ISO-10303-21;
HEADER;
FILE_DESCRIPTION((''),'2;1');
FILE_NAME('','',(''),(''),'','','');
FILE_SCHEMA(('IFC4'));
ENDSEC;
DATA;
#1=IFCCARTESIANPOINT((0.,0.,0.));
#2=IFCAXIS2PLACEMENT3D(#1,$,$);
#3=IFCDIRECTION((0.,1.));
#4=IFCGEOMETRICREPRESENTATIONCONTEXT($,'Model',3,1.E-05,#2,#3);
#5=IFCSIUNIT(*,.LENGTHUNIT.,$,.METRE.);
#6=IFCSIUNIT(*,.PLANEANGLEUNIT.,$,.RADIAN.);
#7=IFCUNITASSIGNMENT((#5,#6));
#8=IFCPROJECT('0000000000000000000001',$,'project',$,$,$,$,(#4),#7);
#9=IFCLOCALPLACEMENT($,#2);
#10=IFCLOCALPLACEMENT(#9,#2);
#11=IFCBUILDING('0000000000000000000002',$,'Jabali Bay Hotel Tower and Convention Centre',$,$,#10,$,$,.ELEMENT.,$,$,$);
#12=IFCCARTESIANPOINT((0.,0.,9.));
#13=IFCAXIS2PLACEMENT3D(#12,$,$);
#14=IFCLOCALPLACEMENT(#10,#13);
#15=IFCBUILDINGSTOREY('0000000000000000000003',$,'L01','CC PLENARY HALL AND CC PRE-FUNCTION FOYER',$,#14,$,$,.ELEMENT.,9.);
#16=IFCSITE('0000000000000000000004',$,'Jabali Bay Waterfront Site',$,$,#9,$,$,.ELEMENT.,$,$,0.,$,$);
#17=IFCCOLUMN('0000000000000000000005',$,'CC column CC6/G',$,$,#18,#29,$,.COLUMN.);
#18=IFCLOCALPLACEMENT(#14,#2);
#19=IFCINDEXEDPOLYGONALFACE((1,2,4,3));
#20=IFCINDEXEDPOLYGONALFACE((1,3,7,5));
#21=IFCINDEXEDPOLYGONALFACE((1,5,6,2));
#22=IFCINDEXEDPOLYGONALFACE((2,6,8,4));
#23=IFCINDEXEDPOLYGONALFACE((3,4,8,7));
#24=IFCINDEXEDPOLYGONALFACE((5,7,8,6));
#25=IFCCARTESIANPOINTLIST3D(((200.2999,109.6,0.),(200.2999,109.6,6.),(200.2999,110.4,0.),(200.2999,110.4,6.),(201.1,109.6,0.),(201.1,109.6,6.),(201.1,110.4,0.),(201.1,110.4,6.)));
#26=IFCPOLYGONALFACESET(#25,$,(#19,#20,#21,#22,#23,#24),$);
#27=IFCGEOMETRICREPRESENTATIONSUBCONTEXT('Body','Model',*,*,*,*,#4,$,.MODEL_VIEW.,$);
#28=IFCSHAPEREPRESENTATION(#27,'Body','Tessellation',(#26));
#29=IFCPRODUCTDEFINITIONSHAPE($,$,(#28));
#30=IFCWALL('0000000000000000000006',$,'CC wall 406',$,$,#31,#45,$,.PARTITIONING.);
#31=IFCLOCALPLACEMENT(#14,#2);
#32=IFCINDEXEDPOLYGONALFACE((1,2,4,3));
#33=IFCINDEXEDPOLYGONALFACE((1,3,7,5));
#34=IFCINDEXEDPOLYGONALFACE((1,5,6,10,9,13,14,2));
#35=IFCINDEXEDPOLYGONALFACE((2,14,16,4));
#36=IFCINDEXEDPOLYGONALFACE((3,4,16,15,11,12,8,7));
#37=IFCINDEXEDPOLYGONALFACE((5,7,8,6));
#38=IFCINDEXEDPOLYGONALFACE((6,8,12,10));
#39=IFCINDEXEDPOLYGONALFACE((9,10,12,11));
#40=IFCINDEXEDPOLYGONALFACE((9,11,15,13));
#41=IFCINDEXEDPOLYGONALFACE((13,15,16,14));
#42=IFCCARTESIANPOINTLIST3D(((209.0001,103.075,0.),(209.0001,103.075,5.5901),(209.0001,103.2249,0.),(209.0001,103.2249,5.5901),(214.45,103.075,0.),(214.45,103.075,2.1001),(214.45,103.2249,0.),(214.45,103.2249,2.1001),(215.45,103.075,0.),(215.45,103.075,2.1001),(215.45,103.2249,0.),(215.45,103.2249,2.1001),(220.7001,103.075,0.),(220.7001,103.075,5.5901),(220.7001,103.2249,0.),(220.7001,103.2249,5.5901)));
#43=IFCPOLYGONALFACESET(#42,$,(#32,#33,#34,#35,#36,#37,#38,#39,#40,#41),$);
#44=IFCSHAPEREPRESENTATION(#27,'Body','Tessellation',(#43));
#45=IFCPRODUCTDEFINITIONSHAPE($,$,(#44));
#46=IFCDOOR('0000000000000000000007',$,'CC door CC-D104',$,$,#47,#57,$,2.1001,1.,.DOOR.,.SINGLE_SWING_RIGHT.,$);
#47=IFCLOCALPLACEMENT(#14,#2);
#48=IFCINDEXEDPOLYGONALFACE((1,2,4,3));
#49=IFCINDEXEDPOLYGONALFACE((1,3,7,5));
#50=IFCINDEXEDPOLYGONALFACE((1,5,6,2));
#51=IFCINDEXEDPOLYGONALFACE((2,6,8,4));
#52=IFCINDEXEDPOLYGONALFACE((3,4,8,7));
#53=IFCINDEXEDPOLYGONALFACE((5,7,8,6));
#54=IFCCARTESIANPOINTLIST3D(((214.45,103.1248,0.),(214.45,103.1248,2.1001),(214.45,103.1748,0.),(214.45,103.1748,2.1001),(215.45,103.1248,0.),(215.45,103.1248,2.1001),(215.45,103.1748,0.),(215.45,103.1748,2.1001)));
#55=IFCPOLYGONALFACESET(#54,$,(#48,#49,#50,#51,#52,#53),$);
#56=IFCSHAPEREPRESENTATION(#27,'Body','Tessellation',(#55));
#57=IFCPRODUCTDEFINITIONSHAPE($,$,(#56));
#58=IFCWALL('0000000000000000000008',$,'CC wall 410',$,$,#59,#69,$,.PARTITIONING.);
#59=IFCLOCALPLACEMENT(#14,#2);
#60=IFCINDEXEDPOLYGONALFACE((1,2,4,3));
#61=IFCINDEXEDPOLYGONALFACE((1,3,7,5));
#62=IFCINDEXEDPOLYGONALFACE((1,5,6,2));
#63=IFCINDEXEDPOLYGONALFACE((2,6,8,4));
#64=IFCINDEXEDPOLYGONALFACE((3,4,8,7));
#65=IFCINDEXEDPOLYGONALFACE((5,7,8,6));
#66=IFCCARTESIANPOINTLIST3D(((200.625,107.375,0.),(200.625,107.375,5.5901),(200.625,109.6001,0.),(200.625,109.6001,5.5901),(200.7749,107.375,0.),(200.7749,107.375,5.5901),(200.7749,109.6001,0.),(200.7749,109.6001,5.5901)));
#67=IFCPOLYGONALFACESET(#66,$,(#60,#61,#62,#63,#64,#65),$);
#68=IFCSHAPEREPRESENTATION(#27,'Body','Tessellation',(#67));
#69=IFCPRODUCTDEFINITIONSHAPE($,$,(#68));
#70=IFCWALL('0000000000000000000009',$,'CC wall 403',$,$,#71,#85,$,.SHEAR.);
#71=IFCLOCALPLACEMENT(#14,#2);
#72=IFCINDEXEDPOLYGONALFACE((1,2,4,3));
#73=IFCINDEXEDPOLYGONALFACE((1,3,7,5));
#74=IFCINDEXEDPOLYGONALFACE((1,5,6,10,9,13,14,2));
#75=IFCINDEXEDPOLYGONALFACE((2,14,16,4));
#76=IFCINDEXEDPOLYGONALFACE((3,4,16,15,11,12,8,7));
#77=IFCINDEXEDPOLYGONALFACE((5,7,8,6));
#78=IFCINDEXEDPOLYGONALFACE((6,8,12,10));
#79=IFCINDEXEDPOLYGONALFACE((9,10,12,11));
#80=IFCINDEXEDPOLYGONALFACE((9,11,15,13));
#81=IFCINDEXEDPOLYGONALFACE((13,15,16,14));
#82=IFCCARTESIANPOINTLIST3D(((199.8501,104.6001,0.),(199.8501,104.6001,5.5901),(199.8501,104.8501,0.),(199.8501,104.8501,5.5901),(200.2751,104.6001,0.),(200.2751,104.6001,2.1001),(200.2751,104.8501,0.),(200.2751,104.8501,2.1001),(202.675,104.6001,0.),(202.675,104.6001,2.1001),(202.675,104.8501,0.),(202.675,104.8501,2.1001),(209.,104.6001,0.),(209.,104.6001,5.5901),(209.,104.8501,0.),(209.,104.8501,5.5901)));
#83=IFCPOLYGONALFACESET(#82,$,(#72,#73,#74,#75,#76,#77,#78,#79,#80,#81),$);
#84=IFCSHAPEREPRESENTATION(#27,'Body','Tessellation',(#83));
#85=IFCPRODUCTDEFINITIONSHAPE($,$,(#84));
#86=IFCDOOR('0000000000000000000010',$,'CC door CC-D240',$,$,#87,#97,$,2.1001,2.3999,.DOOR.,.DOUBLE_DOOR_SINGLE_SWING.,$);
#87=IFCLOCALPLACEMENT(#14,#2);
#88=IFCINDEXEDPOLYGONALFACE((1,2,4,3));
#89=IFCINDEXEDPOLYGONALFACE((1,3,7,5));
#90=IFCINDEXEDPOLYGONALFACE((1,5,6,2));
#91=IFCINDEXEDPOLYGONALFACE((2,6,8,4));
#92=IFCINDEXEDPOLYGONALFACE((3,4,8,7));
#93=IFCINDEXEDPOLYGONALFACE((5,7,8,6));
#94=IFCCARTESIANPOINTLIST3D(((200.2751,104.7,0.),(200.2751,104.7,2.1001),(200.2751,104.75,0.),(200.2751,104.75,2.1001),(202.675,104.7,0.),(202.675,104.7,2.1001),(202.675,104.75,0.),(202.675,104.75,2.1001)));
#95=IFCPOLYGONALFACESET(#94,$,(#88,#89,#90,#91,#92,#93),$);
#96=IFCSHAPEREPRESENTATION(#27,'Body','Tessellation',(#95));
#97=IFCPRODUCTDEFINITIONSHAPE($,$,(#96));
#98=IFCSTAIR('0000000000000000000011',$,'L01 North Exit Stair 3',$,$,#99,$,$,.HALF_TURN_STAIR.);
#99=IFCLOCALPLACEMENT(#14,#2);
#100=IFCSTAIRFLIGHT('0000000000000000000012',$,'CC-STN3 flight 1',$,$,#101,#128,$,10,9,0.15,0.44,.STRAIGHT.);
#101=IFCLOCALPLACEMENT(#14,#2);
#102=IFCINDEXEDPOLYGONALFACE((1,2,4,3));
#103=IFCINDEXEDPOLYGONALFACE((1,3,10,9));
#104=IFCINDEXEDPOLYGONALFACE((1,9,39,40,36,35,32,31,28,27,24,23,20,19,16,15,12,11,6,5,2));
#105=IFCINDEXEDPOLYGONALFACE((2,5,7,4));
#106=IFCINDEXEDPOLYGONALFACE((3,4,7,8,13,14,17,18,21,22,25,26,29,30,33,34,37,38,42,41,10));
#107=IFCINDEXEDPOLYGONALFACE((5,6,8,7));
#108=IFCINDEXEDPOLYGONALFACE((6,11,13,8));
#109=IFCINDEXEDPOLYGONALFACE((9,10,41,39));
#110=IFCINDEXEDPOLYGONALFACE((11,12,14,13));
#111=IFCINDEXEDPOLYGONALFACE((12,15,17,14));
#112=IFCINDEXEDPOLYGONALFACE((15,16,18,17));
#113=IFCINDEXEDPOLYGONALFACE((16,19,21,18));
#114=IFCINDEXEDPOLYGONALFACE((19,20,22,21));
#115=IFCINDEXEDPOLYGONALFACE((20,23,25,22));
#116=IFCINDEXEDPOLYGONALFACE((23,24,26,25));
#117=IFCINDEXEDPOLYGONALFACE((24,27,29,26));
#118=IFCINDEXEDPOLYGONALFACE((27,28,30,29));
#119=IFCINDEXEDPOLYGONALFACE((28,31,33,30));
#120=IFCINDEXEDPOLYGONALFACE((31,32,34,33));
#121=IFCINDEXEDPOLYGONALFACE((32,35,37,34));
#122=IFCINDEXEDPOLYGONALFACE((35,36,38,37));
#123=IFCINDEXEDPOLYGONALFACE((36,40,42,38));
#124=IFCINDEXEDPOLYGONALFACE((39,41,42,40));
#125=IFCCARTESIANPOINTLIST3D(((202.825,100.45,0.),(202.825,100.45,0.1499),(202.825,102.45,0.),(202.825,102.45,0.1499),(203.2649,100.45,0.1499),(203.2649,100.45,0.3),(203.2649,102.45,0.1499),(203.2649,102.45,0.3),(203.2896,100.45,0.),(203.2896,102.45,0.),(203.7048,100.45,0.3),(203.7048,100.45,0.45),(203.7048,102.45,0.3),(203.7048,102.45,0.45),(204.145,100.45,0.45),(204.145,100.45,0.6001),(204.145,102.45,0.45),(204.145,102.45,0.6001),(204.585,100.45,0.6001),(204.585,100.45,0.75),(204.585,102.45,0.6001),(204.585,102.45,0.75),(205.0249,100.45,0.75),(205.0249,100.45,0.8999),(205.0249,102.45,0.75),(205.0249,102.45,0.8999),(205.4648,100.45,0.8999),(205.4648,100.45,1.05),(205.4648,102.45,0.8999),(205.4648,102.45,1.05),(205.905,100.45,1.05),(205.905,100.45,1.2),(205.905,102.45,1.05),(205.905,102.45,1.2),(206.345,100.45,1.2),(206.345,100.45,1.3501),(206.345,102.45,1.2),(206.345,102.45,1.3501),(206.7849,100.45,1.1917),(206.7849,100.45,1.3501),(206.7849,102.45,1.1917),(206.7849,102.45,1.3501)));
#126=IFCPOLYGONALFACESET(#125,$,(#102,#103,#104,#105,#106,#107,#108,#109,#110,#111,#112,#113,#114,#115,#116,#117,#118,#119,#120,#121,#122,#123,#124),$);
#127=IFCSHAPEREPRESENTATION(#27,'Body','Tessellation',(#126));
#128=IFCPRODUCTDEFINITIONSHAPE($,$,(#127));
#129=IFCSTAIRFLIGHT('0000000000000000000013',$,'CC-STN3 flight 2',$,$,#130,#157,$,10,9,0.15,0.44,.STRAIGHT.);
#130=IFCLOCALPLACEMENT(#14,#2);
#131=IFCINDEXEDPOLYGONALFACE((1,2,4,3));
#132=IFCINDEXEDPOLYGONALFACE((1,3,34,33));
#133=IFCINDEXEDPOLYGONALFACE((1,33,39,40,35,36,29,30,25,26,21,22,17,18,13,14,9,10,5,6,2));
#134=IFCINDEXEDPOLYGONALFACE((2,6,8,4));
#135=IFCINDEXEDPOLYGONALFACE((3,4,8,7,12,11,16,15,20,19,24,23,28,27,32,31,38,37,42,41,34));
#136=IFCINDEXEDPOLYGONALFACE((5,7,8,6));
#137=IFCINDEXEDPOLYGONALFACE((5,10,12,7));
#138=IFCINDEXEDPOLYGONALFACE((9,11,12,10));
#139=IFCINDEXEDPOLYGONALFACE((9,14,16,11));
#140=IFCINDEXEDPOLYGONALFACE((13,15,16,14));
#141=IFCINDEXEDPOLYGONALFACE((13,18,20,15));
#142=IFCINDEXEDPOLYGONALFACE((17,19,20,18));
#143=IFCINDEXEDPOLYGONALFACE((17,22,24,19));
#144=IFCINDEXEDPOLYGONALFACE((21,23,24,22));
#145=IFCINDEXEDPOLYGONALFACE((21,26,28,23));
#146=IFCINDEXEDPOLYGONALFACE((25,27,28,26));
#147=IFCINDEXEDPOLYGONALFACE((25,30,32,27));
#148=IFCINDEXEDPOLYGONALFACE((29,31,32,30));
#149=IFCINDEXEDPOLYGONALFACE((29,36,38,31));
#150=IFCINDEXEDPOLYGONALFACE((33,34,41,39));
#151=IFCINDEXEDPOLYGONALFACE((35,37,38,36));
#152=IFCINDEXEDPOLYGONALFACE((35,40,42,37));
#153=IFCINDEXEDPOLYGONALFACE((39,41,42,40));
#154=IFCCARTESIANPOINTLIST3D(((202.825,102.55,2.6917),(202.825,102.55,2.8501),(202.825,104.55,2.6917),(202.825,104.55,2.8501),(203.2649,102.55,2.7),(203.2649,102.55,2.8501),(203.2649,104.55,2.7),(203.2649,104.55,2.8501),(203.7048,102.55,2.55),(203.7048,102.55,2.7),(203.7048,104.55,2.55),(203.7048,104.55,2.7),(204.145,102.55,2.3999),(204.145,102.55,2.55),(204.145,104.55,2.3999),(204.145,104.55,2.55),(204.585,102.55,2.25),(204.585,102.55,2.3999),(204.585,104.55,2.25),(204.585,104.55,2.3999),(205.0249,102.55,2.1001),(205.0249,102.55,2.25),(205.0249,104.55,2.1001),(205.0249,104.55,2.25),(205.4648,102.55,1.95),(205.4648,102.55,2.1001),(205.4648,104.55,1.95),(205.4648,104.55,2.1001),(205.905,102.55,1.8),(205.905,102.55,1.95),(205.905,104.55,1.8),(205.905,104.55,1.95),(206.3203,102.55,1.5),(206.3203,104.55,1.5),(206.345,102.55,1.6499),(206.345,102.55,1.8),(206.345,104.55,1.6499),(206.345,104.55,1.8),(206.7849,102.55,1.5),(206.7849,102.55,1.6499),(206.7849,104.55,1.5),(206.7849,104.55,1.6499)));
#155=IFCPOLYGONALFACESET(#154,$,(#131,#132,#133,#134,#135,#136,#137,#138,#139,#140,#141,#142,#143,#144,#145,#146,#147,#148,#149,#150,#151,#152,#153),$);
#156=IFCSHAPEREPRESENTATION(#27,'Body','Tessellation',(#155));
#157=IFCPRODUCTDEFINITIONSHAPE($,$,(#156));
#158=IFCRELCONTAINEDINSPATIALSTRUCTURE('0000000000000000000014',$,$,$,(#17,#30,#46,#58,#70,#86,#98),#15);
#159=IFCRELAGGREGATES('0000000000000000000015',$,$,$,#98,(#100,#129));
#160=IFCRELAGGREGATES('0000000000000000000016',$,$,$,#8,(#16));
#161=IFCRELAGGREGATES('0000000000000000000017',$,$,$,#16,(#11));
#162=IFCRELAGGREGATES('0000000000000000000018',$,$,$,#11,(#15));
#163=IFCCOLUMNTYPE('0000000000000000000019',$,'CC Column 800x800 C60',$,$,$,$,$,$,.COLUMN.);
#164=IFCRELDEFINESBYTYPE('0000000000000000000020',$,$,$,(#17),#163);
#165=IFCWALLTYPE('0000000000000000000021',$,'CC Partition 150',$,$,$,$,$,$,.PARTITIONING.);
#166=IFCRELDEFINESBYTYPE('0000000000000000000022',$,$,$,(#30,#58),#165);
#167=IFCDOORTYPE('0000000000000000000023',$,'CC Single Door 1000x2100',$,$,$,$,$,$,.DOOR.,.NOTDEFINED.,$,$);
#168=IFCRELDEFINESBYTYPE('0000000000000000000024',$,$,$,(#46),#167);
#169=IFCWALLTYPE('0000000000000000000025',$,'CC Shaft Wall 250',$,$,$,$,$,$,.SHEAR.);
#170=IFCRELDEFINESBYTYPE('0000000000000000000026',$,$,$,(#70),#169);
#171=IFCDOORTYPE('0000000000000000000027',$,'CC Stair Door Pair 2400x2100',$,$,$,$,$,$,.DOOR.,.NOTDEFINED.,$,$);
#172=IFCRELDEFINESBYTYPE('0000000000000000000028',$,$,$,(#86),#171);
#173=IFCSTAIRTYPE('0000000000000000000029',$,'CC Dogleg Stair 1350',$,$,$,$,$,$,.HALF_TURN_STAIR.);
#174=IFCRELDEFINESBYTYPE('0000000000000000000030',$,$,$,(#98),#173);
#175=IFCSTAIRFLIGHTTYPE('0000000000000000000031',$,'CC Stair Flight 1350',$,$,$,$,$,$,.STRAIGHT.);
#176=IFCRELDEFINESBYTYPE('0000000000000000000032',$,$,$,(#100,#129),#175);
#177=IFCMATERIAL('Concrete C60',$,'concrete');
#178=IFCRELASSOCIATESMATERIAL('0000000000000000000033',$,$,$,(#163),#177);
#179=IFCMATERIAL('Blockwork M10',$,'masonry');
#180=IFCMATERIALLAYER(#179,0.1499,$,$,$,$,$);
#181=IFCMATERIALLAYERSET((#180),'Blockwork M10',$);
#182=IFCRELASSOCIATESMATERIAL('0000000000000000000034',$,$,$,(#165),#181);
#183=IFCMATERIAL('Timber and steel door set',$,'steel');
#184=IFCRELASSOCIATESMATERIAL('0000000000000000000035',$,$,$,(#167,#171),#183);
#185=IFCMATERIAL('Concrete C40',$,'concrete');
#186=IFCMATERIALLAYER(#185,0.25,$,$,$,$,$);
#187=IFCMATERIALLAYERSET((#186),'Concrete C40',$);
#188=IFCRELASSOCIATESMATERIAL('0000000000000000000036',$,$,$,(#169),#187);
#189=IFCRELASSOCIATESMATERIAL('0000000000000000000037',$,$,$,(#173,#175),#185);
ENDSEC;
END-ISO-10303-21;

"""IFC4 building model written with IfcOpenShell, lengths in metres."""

from ifc_helpers import new_model, si_unit, direction, frame, frame_2d, origin, origin_2d, place, context, subcontext, project, spatial, polyline, rectangle, outline, extrude, material, layer, layer_set, material_profile, profile_set, type_object, element, fill, aggregate, save


model = new_model("IFC4")

# Units and contexts
model_context = context("Model", 3, precision=1e-05, world=origin(), true_north=direction((0.0, 1.0)))
body_context = subcontext(model_context, "Body", "Model", "MODEL_VIEW")
ifc_project = project(units=[si_unit("LENGTHUNIT", "METRE"), si_unit("PLANEANGLEUNIT", "RADIAN")], contexts=[model_context])

# Site, building, storey
site_placement = place(None, origin())
site = spatial("IfcSite", under=ifc_project, at=site_placement, Name="Jabali Bay Waterfront Site", CompositionType="ELEMENT", RefElevation=0.0)
building_placement = place(site_placement, origin())
building = spatial("IfcBuilding", under=site, at=building_placement, Name="Jabali Bay Hotel Tower and Convention Centre", CompositionType="ELEMENT")
storey_placement = place(building_placement, frame((0.0, 0.0, 9.0)))
storey = spatial("IfcBuildingStorey", under=building, at=storey_placement, Name="L01", Description="CC PLENARY HALL AND CC PRE-FUNCTION FOYER", CompositionType="ELEMENT", Elevation=9.0)

# Column
ifc_material_1 = material(Name="Concrete C60", Category="concrete")
ifc_material_profile = material_profile(ifc_material_1, rectangle(XDim=0.8, YDim=0.8, at=origin_2d()), Name="RC 800x800")
ifc_profile_set = profile_set([ifc_material_profile], Name="Concrete C60")
column_type = type_object("IfcColumnType", Name="CC Column 800x800 C60", PredefinedType="COLUMN", material=ifc_profile_set)
column_placement = place(storey_placement, frame((200.7, 110.0, 0.0), z_axis=(0.0, 0.0, 1.0), x_axis=(1.0, 0.0, 0.0)))
element("IfcColumn", 1, at=column_placement, inside=storey, type_object=column_type, Name="CC column CC6/G", PredefinedType="COLUMN", context=body_context, shape_type="SweptSolid", body=[
    extrude(rectangle(XDim=0.8, YDim=0.8, at=origin_2d()), origin(), (0.0, 0.0, 1.0), 6.0),
])

# Wall, opening, door
ifc_material_2 = material(Name="Blockwork M10", Category="masonry")
ifc_layer_1 = layer(ifc_material_2, 0.1499)
ifc_layer_set_1 = layer_set([ifc_layer_1], Name="Blockwork M10")
wall_type_1 = type_object("IfcWallType", Name="CC Partition 150", PredefinedType="PARTITIONING", material=ifc_layer_set_1)
wall_1_placement = place(storey_placement, frame((209.0, 103.1499, 0.0), z_axis=(0.0, 0.0, 1.0), x_axis=(1.0, 0.0, 0.0)))
wall_1 = element("IfcWall", 2, at=wall_1_placement, inside=storey, type_object=wall_type_1, Name="CC wall 406", PredefinedType="PARTITIONING", context=body_context, shape_type="SweptSolid", body=[
    extrude(rectangle(XDim=11.7, YDim=0.1499, at=frame_2d((5.8501, 0.0))), origin(), (0.0, 0.0, 1.0), 5.5901),
])
opening_1_placement = place(wall_1_placement, frame((5.45, 0.0, 0.0)))
opening_1 = element("IfcOpeningElement", 3, at=opening_1_placement, cuts=wall_1, PredefinedType="OPENING", context=body_context, shape_type="SweptSolid", body=[
    extrude(rectangle(XDim=1.0, YDim=2.1001, at=frame_2d((0.5, 1.05))), frame((0.0, 0.0854, 0.0), z_axis=(0.0, -1.0, 0.0), x_axis=(1.0, 0.0, 0.0)), (0.0, 0.0, 1.0), 0.1709),
])
ifc_material_3 = material(Name="Timber and steel door set", Category="steel")
door_type_1 = type_object("IfcDoorType", Name="CC Single Door 1000x2100", OperationType="NOTDEFINED", PredefinedType="DOOR", material=ifc_material_3)
door_1_placement = place(opening_1_placement, origin())
door_1 = element("IfcDoor", 4, at=door_1_placement, inside=storey, type_object=door_type_1, Name="CC door CC-D104", OperationType="SINGLE_SWING_RIGHT", OverallHeight=2.1001, OverallWidth=1.0, PredefinedType="DOOR", context=body_context, shape_type="SweptSolid", body=[
    extrude(rectangle(XDim=1.0, YDim=2.1001, at=frame_2d((0.5, 1.05))), frame((0.0, 0.0249, 0.0), z_axis=(0.0, -1.0, 0.0), x_axis=(1.0, 0.0, 0.0)), (0.0, 0.0, 1.0), 0.05),
])
fill(opening_1, door_1)

# Wall
wall_2_placement = place(storey_placement, frame((200.7, 107.375, 0.0), z_axis=(0.0, 0.0, 1.0), x_axis=(0.0, 1.0, 0.0)))
element("IfcWall", 5, at=wall_2_placement, inside=storey, type_object=wall_type_1, Name="CC wall 410", PredefinedType="PARTITIONING", context=body_context, shape_type="SweptSolid", body=[
    extrude(rectangle(XDim=2.2251, YDim=0.1499, at=frame_2d((1.1125, 0.0))), origin(), (0.0, 0.0, 1.0), 5.5901),
])

# Wall, opening, door
ifc_material_4 = material(Name="Concrete C40", Category="concrete")
ifc_layer_2 = layer(ifc_material_4, 0.25)
ifc_layer_set_2 = layer_set([ifc_layer_2], Name="Concrete C40")
wall_type_2 = type_object("IfcWallType", Name="CC Shaft Wall 250", PredefinedType="SHEAR", material=ifc_layer_set_2)
wall_3_placement = place(storey_placement, frame((199.8501, 104.7251, 0.0), z_axis=(0.0, 0.0, 1.0), x_axis=(1.0, 0.0, 0.0)))
wall_3 = element("IfcWall", 6, at=wall_3_placement, inside=storey, type_object=wall_type_2, Name="CC wall 403", PredefinedType="SHEAR", context=body_context, shape_type="SweptSolid", body=[
    extrude(rectangle(XDim=9.1499, YDim=0.25, at=frame_2d((4.575, 0.0))), origin(), (0.0, 0.0, 1.0), 5.5901),
])
opening_2_placement = place(wall_3_placement, frame((0.425, 0.0, 0.0)))
opening_2 = element("IfcOpeningElement", 7, at=opening_2_placement, cuts=wall_3, PredefinedType="OPENING", context=body_context, shape_type="SweptSolid", body=[
    extrude(rectangle(XDim=2.3999, YDim=2.1001, at=frame_2d((1.2, 1.05))), frame((0.0, 0.1355, 0.0), z_axis=(0.0, -1.0, 0.0), x_axis=(1.0, 0.0, 0.0)), (0.0, 0.0, 1.0), 0.271),
])
door_type_2 = type_object("IfcDoorType", Name="CC Stair Door Pair 2400x2100", OperationType="NOTDEFINED", PredefinedType="DOOR", material=ifc_material_3)
door_2_placement = place(opening_2_placement, origin())
door_2 = element("IfcDoor", 8, at=door_2_placement, inside=storey, type_object=door_type_2, Name="CC door CC-D240", OperationType="DOUBLE_DOOR_SINGLE_SWING", OverallHeight=2.1001, OverallWidth=2.3999, PredefinedType="DOOR", context=body_context, shape_type="SweptSolid", body=[
    extrude(rectangle(XDim=2.3999, YDim=2.1001, at=frame_2d((1.2, 1.05))), frame((0.0, 0.0249, 0.0), z_axis=(0.0, -1.0, 0.0), x_axis=(1.0, 0.0, 0.0)), (0.0, 0.0, 1.0), 0.05),
])
fill(opening_2, door_2)

# Stair, stair flights
stair_type = type_object("IfcStairType", Name="CC Dogleg Stair 1350", PredefinedType="HALF_TURN_STAIR", material=ifc_material_4)
stair_placement = place(storey_placement, origin())
stair = element("IfcStair", 9, at=stair_placement, inside=storey, type_object=stair_type, Name="L01 North Exit Stair 3", PredefinedType="HALF_TURN_STAIR")
stair_flight_type = type_object("IfcStairFlightType", Name="CC Stair Flight 1350", PredefinedType="STRAIGHT", material=ifc_material_4)
stair_flight_1_placement = place(storey_placement, frame((202.825, 101.45, 0.0), z_axis=(0.0, 0.0, 1.0), x_axis=(1.0, 0.0, 0.0)))
stair_flight_1 = element("IfcStairFlight", 10, at=stair_flight_1_placement, type_object=stair_flight_type, Name="CC-STN3 flight 1", NumberOfRisers=10, NumberOfTreads=9, PredefinedType="STRAIGHT", RiserHeight=0.15, TreadLength=0.44, context=body_context, shape_type="SweptSolid", body=[
    extrude(outline(polyline([(0.0, 0.0), (0.0, 0.1499), (0.4399, 0.1499), (0.4399, 0.3), (0.8799, 0.3), (0.8799, 0.45), (1.3201, 0.45), (1.3201, 0.6001), (1.76, 0.6001), (1.76, 0.75), (2.2, 0.75), (2.2, 0.8999), (2.6399, 0.8999), (2.6399, 1.05), (3.0801, 1.05), (3.0801, 1.2), (3.52, 1.2), (3.52, 1.3501), (3.96, 1.3501), (3.96, 1.5), (3.96, 1.1917), (0.4646, 0.0), (0.0, 0.0)])), frame((0.0, 1.0, 0.0), z_axis=(0.0, -1.0, 0.0), x_axis=(1.0, 0.0, 0.0)), (0.0, 0.0, 1.0), 2.0),
])
stair_flight_2_placement = place(storey_placement, frame((206.7849, 103.55, 1.5), z_axis=(0.0, 0.0, 1.0), x_axis=(-1.0, 0.0, 0.0)))
stair_flight_2 = element("IfcStairFlight", 11, at=stair_flight_2_placement, type_object=stair_flight_type, Name="CC-STN3 flight 2", NumberOfRisers=10, NumberOfTreads=9, PredefinedType="STRAIGHT", RiserHeight=0.15, TreadLength=0.44, context=body_context, shape_type="SweptSolid", body=[
    extrude(outline(polyline([(0.0, 0.0), (0.0, 0.1499), (0.4399, 0.1499), (0.4399, 0.3), (0.8799, 0.3), (0.8799, 0.45), (1.3201, 0.45), (1.3201, 0.6001), (1.76, 0.6001), (1.76, 0.75), (2.2, 0.75), (2.2, 0.8999), (2.6399, 0.8999), (2.6399, 1.05), (3.0801, 1.05), (3.0801, 1.2), (3.52, 1.2), (3.52, 1.3501), (3.96, 1.3501), (3.96, 1.5), (3.96, 1.1917), (0.4646, 0.0), (0.0, 0.0)])), frame((0.0, 1.0, 0.0), z_axis=(0.0, -1.0, 0.0), x_axis=(1.0, 0.0, 0.0)), (0.0, 0.0, 1.0), 2.0),
])
aggregate(stair, [stair_flight_1, stair_flight_2])

save(model, "model.ifc")
